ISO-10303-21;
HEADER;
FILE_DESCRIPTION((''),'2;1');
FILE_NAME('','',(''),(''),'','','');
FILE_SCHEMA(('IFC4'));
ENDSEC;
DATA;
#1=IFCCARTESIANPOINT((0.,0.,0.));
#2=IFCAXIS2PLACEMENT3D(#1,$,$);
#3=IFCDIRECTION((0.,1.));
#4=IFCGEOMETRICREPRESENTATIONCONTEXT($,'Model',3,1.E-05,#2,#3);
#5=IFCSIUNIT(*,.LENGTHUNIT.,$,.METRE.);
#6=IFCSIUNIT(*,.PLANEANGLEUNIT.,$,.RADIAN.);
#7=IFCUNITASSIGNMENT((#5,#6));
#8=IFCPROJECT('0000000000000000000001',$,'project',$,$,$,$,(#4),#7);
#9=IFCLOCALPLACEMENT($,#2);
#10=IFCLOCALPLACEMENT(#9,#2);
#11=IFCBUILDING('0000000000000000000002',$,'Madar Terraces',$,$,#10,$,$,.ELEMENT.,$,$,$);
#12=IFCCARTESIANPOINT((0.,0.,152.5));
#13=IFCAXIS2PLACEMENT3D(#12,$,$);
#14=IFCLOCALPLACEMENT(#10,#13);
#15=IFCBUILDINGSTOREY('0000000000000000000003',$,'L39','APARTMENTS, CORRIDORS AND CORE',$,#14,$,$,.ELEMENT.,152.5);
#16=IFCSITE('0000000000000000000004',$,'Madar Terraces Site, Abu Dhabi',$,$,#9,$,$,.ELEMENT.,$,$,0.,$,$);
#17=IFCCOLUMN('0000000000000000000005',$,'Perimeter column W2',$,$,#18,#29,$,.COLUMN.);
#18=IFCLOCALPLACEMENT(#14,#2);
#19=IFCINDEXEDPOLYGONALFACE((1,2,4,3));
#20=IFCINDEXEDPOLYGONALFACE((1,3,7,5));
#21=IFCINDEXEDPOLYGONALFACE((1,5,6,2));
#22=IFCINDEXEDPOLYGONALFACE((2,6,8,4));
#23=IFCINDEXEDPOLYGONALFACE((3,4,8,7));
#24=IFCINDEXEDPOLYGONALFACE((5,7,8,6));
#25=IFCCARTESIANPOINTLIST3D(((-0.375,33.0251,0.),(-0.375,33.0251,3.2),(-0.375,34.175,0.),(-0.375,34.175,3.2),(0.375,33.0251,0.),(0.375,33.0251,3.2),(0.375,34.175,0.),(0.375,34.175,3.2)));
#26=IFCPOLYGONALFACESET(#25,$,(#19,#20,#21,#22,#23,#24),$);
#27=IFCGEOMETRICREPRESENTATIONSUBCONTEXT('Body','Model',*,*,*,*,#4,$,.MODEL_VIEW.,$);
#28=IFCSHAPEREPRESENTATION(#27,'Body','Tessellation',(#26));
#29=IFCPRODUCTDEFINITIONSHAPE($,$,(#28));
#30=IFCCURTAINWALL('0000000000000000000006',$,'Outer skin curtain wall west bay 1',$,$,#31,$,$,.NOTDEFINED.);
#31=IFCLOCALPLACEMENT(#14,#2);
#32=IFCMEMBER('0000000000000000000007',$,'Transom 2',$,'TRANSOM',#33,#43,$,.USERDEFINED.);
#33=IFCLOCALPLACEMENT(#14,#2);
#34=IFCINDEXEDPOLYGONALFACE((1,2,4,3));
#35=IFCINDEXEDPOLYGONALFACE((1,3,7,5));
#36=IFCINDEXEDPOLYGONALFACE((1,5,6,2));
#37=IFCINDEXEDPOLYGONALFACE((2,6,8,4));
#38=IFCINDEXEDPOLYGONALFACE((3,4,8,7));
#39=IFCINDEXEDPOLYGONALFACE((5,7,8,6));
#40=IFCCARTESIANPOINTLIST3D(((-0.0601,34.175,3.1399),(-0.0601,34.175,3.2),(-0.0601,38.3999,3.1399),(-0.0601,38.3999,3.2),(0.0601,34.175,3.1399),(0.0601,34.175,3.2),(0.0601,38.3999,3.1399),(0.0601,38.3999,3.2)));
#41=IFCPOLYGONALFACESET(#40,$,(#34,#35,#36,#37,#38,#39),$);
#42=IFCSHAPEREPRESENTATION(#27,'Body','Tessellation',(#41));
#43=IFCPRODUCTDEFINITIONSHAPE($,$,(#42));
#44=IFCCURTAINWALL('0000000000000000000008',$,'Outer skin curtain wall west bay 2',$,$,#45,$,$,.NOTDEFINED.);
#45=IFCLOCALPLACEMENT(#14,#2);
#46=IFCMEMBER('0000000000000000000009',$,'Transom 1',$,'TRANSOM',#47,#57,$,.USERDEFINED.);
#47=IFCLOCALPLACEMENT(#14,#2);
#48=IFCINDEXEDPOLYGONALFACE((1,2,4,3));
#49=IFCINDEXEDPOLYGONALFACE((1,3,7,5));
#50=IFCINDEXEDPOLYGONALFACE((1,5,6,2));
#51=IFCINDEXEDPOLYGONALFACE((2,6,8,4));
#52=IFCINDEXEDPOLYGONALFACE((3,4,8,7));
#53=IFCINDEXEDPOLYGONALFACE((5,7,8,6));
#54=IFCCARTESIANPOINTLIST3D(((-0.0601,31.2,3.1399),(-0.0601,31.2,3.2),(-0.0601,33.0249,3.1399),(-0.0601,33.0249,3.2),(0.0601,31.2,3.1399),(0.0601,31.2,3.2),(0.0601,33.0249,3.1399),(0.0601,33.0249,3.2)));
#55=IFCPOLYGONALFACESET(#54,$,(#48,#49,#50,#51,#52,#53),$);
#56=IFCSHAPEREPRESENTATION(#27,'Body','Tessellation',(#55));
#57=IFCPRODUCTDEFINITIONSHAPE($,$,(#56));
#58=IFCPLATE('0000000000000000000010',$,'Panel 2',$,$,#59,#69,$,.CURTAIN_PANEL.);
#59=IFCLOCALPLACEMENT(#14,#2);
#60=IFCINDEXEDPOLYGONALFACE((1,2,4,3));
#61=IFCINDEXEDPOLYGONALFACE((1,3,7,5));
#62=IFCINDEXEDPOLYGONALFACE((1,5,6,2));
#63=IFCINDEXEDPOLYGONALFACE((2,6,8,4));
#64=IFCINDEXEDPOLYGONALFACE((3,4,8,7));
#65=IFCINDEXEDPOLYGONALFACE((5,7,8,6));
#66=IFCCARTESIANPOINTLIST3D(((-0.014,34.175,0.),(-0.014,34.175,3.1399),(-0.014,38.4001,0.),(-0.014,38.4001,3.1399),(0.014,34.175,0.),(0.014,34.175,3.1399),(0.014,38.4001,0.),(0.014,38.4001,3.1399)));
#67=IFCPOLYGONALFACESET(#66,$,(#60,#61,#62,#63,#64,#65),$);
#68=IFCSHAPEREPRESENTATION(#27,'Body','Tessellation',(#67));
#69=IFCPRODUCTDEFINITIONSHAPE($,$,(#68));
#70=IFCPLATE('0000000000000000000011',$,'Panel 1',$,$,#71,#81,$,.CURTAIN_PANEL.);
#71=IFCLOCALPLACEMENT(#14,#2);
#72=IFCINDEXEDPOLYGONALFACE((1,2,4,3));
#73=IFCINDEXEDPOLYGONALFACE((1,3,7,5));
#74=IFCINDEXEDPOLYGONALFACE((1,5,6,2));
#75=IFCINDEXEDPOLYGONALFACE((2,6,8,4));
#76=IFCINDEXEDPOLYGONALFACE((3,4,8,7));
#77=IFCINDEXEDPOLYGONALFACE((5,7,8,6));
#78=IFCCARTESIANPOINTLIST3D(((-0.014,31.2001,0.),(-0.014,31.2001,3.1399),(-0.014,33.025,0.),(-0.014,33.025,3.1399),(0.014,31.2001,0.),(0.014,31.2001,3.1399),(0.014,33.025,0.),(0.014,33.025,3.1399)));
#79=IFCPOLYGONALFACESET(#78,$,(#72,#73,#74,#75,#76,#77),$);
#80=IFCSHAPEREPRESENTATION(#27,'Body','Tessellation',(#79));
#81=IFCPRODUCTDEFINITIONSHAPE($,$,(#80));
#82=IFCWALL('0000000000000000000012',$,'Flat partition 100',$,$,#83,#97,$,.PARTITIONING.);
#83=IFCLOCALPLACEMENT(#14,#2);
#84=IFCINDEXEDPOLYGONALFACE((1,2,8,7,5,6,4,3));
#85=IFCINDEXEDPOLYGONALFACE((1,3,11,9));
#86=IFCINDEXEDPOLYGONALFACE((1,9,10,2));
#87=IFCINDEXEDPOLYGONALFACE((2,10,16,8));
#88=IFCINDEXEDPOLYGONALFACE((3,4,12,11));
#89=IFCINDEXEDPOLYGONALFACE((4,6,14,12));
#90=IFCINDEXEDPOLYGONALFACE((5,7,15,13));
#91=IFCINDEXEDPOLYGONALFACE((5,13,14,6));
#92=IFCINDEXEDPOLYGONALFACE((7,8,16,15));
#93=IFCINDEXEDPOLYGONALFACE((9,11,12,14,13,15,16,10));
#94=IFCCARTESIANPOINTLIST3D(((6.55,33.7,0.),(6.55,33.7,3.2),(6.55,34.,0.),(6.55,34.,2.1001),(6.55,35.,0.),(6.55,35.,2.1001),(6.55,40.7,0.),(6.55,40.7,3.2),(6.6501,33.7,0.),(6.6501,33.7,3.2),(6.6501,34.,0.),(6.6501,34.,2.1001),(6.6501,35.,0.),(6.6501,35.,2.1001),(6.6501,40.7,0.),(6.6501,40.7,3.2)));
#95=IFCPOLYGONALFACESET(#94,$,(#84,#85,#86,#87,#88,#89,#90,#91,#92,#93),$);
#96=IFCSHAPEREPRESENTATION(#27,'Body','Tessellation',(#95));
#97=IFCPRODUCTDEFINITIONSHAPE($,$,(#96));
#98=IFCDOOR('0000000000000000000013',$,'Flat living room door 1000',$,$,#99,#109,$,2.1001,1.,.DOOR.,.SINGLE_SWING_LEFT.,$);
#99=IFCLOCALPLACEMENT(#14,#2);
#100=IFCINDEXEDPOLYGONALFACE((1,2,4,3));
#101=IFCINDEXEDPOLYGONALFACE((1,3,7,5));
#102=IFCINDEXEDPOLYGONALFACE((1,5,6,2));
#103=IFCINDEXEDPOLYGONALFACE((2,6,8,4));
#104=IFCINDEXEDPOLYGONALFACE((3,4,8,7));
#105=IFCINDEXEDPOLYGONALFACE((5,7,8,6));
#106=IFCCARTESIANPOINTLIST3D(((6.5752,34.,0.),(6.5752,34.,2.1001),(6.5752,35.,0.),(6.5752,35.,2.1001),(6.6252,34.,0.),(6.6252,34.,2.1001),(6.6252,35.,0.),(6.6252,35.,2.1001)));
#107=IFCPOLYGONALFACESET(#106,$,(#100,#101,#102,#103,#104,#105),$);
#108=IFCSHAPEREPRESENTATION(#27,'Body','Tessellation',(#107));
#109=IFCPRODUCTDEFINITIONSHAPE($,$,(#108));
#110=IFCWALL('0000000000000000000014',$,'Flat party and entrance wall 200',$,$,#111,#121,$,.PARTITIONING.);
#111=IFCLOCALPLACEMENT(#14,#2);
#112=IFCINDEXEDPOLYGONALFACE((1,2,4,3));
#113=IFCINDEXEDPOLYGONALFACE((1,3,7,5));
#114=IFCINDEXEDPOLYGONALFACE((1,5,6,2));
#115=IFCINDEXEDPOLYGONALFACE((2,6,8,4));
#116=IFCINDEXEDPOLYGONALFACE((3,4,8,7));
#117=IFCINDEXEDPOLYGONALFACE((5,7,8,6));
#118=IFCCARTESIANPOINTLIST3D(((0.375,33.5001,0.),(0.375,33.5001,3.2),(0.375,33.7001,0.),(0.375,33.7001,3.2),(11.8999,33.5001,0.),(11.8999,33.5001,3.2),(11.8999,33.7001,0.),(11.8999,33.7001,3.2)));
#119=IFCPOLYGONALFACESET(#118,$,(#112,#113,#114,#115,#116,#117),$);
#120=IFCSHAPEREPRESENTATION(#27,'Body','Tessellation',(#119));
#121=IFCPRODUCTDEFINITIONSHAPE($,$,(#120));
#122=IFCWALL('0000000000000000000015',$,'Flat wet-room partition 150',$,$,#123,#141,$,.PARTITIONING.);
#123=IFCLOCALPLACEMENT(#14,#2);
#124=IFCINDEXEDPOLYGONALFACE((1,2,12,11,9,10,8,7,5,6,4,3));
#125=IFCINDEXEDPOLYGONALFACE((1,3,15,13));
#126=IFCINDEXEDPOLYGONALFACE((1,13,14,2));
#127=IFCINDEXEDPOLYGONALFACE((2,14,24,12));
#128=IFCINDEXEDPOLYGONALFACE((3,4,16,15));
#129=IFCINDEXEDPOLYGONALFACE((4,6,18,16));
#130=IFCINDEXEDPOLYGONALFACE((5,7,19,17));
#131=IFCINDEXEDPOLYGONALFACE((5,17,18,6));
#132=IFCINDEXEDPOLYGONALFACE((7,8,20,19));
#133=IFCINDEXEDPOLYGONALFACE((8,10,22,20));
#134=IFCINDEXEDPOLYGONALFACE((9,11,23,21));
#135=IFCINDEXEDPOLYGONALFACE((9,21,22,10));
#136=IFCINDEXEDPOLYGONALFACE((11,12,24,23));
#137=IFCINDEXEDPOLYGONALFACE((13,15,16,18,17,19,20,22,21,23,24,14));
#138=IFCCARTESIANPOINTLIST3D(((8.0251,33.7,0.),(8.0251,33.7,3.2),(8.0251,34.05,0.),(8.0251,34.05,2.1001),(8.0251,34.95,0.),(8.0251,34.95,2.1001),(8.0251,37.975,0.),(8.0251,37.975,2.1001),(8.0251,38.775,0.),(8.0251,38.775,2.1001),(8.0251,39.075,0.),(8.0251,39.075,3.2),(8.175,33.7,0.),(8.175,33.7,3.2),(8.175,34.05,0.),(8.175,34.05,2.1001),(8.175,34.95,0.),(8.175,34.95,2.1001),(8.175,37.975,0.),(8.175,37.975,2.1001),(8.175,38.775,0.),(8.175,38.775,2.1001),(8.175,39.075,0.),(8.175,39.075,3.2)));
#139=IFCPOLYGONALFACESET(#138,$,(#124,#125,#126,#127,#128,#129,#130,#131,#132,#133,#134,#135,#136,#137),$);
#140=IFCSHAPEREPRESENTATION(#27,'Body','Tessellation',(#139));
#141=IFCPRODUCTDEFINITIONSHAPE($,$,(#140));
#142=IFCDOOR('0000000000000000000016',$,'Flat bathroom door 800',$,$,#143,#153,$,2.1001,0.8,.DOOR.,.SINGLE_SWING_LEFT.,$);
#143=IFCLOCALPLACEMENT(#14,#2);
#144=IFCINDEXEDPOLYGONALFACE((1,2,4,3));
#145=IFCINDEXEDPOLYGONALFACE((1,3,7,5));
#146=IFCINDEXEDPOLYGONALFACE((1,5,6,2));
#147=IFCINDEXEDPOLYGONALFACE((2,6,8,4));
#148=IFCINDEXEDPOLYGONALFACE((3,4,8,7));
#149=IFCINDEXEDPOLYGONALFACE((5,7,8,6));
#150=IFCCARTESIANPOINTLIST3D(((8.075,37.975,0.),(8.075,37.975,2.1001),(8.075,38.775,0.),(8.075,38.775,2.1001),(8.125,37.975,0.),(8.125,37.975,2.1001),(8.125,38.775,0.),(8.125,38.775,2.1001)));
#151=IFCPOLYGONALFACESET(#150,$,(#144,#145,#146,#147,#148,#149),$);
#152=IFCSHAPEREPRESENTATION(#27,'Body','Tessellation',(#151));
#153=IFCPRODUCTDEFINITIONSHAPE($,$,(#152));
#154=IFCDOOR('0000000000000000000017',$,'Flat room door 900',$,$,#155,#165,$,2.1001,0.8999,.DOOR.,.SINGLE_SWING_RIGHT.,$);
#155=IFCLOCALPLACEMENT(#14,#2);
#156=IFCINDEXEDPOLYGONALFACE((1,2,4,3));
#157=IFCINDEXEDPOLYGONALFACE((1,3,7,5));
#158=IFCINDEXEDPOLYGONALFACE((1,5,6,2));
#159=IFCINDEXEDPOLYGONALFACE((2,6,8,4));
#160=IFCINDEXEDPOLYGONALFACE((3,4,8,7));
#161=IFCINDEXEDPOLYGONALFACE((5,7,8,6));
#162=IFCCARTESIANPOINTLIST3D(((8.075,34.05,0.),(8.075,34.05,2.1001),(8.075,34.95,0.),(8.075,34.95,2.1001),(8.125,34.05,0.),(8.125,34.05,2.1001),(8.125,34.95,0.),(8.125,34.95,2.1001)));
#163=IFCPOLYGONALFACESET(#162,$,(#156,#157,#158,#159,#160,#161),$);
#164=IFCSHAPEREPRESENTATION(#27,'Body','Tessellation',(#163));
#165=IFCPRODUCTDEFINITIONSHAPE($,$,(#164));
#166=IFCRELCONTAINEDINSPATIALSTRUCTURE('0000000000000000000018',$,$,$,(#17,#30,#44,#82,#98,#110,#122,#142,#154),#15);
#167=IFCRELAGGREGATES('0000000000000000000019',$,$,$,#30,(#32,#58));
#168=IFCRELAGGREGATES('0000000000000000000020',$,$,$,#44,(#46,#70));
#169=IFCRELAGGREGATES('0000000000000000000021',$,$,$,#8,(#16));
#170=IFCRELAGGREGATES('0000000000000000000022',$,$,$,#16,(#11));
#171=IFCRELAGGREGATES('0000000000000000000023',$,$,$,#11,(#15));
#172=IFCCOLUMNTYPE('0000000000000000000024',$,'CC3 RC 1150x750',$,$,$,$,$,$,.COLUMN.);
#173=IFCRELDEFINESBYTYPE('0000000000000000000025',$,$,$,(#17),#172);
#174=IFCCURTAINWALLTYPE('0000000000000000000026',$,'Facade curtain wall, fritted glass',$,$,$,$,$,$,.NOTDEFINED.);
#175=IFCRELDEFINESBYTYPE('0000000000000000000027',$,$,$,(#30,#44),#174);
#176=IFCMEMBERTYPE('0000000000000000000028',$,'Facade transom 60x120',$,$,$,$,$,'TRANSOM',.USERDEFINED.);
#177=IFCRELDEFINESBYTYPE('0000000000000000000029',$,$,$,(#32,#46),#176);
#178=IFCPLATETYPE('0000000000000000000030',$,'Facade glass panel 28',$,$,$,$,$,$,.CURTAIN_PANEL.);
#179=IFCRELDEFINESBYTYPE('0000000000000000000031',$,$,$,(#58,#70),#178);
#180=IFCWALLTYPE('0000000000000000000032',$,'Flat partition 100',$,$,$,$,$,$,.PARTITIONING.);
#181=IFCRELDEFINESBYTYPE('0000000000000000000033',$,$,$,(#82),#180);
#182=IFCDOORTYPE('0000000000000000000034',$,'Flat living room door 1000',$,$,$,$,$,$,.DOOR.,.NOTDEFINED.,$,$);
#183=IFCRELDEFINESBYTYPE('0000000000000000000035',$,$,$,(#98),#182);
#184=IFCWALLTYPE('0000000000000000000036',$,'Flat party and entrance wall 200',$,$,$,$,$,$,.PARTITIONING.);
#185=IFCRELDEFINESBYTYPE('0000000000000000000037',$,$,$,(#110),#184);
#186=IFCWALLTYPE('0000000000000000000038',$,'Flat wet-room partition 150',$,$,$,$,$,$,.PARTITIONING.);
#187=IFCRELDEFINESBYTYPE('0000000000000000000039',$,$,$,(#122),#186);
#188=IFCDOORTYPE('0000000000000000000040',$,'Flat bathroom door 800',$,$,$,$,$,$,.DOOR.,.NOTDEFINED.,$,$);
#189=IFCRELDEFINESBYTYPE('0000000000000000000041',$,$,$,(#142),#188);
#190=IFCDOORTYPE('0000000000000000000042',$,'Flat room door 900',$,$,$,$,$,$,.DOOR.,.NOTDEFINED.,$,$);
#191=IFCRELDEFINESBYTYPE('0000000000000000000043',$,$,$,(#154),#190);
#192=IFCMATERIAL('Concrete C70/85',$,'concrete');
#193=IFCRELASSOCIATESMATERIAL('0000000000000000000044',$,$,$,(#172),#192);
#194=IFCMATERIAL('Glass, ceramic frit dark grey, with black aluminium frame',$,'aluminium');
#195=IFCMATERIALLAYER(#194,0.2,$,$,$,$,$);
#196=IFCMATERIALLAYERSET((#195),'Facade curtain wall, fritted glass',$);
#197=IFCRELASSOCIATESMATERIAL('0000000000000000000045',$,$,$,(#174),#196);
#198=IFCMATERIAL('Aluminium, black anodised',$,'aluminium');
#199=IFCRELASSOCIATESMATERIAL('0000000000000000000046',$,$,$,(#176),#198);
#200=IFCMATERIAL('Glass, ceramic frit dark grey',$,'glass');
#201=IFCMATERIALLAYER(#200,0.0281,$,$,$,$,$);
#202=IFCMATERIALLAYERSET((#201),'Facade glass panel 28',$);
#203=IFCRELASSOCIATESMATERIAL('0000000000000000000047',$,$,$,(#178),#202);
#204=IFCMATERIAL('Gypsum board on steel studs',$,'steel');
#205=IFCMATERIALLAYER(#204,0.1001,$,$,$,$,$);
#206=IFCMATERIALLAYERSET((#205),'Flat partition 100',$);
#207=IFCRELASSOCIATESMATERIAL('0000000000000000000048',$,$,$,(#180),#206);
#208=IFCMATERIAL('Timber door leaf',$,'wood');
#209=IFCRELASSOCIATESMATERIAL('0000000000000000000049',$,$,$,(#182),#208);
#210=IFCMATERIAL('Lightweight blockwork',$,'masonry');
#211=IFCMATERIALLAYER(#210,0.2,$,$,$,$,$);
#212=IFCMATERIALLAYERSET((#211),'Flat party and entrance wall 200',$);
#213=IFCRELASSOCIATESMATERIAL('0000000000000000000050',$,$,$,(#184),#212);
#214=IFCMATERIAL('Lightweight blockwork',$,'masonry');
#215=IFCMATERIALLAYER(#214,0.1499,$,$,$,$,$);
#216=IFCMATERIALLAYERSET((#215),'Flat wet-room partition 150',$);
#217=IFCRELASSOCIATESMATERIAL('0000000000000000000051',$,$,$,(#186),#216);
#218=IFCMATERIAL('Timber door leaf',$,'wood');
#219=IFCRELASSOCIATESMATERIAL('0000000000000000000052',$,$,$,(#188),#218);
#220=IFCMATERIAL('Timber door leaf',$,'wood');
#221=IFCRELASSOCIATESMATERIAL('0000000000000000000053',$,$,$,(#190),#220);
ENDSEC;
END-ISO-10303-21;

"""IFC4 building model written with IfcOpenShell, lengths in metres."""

from ifc_helpers import new_model, si_unit, direction, frame, frame_2d, origin, origin_2d, place, context, subcontext, project, spatial, rectangle, extrude, material, layer, layer_set, material_profile, profile_set, type_object, element, fill, aggregate, save


model = new_model("IFC4")

# Units and contexts
model_context = context("Model", 3, precision=1e-05, world=origin(), true_north=direction((0.0, 1.0)))
body_context = subcontext(model_context, "Body", "Model", "MODEL_VIEW")
ifc_project = project(units=[si_unit("LENGTHUNIT", "METRE"), si_unit("PLANEANGLEUNIT", "RADIAN")], contexts=[model_context])

# Site, building, storey
site_placement = place(None, origin())
site = spatial("IfcSite", under=ifc_project, at=site_placement, Name="Madar Terraces Site, Abu Dhabi", CompositionType="ELEMENT", RefElevation=0.0)
building_placement = place(site_placement, origin())
building = spatial("IfcBuilding", under=site, at=building_placement, Name="Madar Terraces", CompositionType="ELEMENT")
storey_placement = place(building_placement, frame((0.0, 0.0, 152.5)))
storey = spatial("IfcBuildingStorey", under=building, at=storey_placement, Name="L39", Description="APARTMENTS, CORRIDORS AND CORE", CompositionType="ELEMENT", Elevation=152.5)

# Column
ifc_material_1 = material(Name="Concrete C70/85", Category="concrete")
ifc_material_profile_1 = material_profile(ifc_material_1, rectangle(XDim=1.1499, YDim=0.75, at=origin_2d()), Name="CC3 RC 1150x750")
ifc_profile_set_1 = profile_set([ifc_material_profile_1], Name="Concrete C70/85")
column_type = type_object("IfcColumnType", Name="CC3 RC 1150x750", PredefinedType="COLUMN", material=ifc_profile_set_1)
column_placement = place(storey_placement, frame((0.0, 33.6001, 0.0), z_axis=(0.0, 0.0, 1.0), x_axis=(0.0, 1.0, 0.0)))
element("IfcColumn", 1, at=column_placement, inside=storey, type_object=column_type, Name="Perimeter column W2", PredefinedType="COLUMN", context=body_context, shape_type="SweptSolid", body=[
    extrude(rectangle(XDim=1.1499, YDim=0.75, at=origin_2d()), origin(), (0.0, 0.0, 1.0), 3.2),
])

# Curtain walls, members
ifc_material_2 = material(Name="Glass, ceramic frit dark grey, with black aluminium frame", Category="aluminium")
ifc_layer_1 = layer(ifc_material_2, 0.2)
ifc_layer_set_1 = layer_set([ifc_layer_1], Name="Facade curtain wall, fritted glass")
curtain_wall_type = type_object("IfcCurtainWallType", Name="Facade curtain wall, fritted glass", PredefinedType="NOTDEFINED", material=ifc_layer_set_1)
curtain_wall_1_placement = place(storey_placement, origin())
curtain_wall_1 = element("IfcCurtainWall", 2, at=curtain_wall_1_placement, inside=storey, type_object=curtain_wall_type, Name="Outer skin curtain wall west bay 1", PredefinedType="NOTDEFINED")
ifc_material_3 = material(Name="Aluminium, black anodised", Category="aluminium")
ifc_material_profile_2 = material_profile(ifc_material_3, rectangle(XDim=0.1201, YDim=0.0601, at=origin_2d()), Name="Facade transom 60x120")
ifc_profile_set_2 = profile_set([ifc_material_profile_2], Name="Aluminium, black anodised")
member_type = type_object("IfcMemberType", Name="Facade transom 60x120", ElementType="TRANSOM", PredefinedType="USERDEFINED", material=ifc_profile_set_2)
member_1_placement = place(storey_placement, frame((0.0, 38.3999, 3.1699), z_axis=(0.0, -1.0, 0.0), x_axis=(1.0, 0.0, 0.0)))
member_1 = element("IfcMember", 3, at=member_1_placement, type_object=member_type, Name="Transom 2", ObjectType="TRANSOM", PredefinedType="USERDEFINED", context=body_context, shape_type="SweptSolid", body=[
    extrude(rectangle(XDim=0.1201, YDim=0.0601, at=origin_2d()), origin(), (0.0, 0.0, 1.0), 4.2249),
])
curtain_wall_2_placement = place(storey_placement, origin())
curtain_wall_2 = element("IfcCurtainWall", 4, at=curtain_wall_2_placement, inside=storey, type_object=curtain_wall_type, Name="Outer skin curtain wall west bay 2", PredefinedType="NOTDEFINED")
member_2_placement = place(storey_placement, frame((0.0, 33.0249, 3.1699), z_axis=(0.0, -1.0, 0.0), x_axis=(1.0, 0.0, 0.0)))
member_2 = element("IfcMember", 5, at=member_2_placement, type_object=member_type, Name="Transom 1", ObjectType="TRANSOM", PredefinedType="USERDEFINED", context=body_context, shape_type="SweptSolid", body=[
    extrude(rectangle(XDim=0.1201, YDim=0.0601, at=origin_2d()), origin(), (0.0, 0.0, 1.0), 1.825),
])

# Plates
ifc_material_4 = material(Name="Glass, ceramic frit dark grey", Category="glass")
ifc_layer_2 = layer(ifc_material_4, 0.0281)
ifc_layer_set_2 = layer_set([ifc_layer_2], Name="Facade glass panel 28")
plate_type = type_object("IfcPlateType", Name="Facade glass panel 28", PredefinedType="CURTAIN_PANEL", material=ifc_layer_set_2)
plate_1_placement = place(storey_placement, frame((0.0, 36.2876, 0.0), z_axis=(0.0, 0.0, 1.0), x_axis=(0.0, -1.0, 0.0)))
plate_1 = element("IfcPlate", 6, at=plate_1_placement, type_object=plate_type, Name="Panel 2", PredefinedType="CURTAIN_PANEL", context=body_context, shape_type="SweptSolid", body=[
    extrude(rectangle(XDim=4.2251, YDim=0.0281, at=origin_2d()), origin(), (0.0, 0.0, 1.0), 3.1399),
])
aggregate(curtain_wall_1, [member_1, plate_1])
plate_2_placement = place(storey_placement, frame((0.0, 32.1125, 0.0), z_axis=(0.0, 0.0, 1.0), x_axis=(0.0, -1.0, 0.0)))
plate_2 = element("IfcPlate", 7, at=plate_2_placement, type_object=plate_type, Name="Panel 1", PredefinedType="CURTAIN_PANEL", context=body_context, shape_type="SweptSolid", body=[
    extrude(rectangle(XDim=1.825, YDim=0.0281, at=origin_2d()), origin(), (0.0, 0.0, 1.0), 3.1399),
])
aggregate(curtain_wall_2, [member_2, plate_2])

# Wall, opening, door
ifc_material_5 = material(Name="Gypsum board on steel studs", Category="steel")
ifc_layer_3 = layer(ifc_material_5, 0.1001)
ifc_layer_set_3 = layer_set([ifc_layer_3], Name="Flat partition 100")
wall_type_1 = type_object("IfcWallType", Name="Flat partition 100", PredefinedType="PARTITIONING", material=ifc_layer_set_3)
wall_1_placement = place(storey_placement, frame((6.6001, 33.7, 0.0), z_axis=(0.0, 0.0, 1.0), x_axis=(0.0, 1.0, 0.0)))
wall_1 = element("IfcWall", 8, at=wall_1_placement, inside=storey, type_object=wall_type_1, Name="Flat partition 100", PredefinedType="PARTITIONING", context=body_context, shape_type="SweptSolid", body=[
    extrude(rectangle(XDim=7.0, YDim=0.1001, at=frame_2d((3.5, 0.0))), origin(), (0.0, 0.0, 1.0), 3.2),
])
opening_1_placement = place(wall_1_placement, frame((0.3, 0.0, 0.0)))
opening_1 = element("IfcOpeningElement", 9, at=opening_1_placement, cuts=wall_1, PredefinedType="OPENING", context=body_context, shape_type="SweptSolid", body=[
    extrude(rectangle(XDim=1.0, YDim=2.1001, at=frame_2d((0.5, 1.05))), frame((0.0, 0.0601, 0.0), z_axis=(0.0, -1.0, 0.0), x_axis=(1.0, 0.0, 0.0)), (0.0, 0.0, 1.0), 0.1201),
])
ifc_material_6 = material(Name="Timber door leaf", Category="wood")
door_type_1 = type_object("IfcDoorType", Name="Flat living room door 1000", OperationType="NOTDEFINED", PredefinedType="DOOR", material=ifc_material_6)
door_1_placement = place(opening_1_placement, origin())
door_1 = element("IfcDoor", 10, at=door_1_placement, inside=storey, type_object=door_type_1, Name="Flat living room door 1000", OperationType="SINGLE_SWING_LEFT", OverallHeight=2.1001, OverallWidth=1.0, PredefinedType="DOOR", context=body_context, shape_type="SweptSolid", body=[
    extrude(rectangle(XDim=1.0, YDim=2.1001, at=frame_2d((0.5, 1.05))), frame((0.0, 0.0249, 0.0), z_axis=(0.0, -1.0, 0.0), x_axis=(1.0, 0.0, 0.0)), (0.0, 0.0, 1.0), 0.05),
])
fill(opening_1, door_1)

# Wall
ifc_material_7 = material(Name="Lightweight blockwork", Category="masonry")
ifc_layer_4 = layer(ifc_material_7, 0.2)
ifc_layer_set_4 = layer_set([ifc_layer_4], Name="Flat party and entrance wall 200")
wall_type_2 = type_object("IfcWallType", Name="Flat party and entrance wall 200", PredefinedType="PARTITIONING", material=ifc_layer_set_4)
wall_2_placement = place(storey_placement, frame((0.375, 33.6001, 0.0), z_axis=(0.0, 0.0, 1.0), x_axis=(1.0, 0.0, 0.0)))
element("IfcWall", 11, at=wall_2_placement, inside=storey, type_object=wall_type_2, Name="Flat party and entrance wall 200", PredefinedType="PARTITIONING", context=body_context, shape_type="SweptSolid", body=[
    extrude(rectangle(XDim=11.5249, YDim=0.2, at=frame_2d((5.7625, 0.0))), origin(), (0.0, 0.0, 1.0), 3.2),
])

# Wall, openings, doors
ifc_material_8 = material(Name="Lightweight blockwork", Category="masonry")
ifc_layer_5 = layer(ifc_material_8, 0.1499)
ifc_layer_set_5 = layer_set([ifc_layer_5], Name="Flat wet-room partition 150")
wall_type_3 = type_object("IfcWallType", Name="Flat wet-room partition 150", PredefinedType="PARTITIONING", material=ifc_layer_set_5)
wall_3_placement = place(storey_placement, frame((8.1001, 39.075, 0.0), z_axis=(0.0, 0.0, 1.0), x_axis=(0.0, -1.0, 0.0)))
wall_3 = element("IfcWall", 12, at=wall_3_placement, inside=storey, type_object=wall_type_3, Name="Flat wet-room partition 150", PredefinedType="PARTITIONING", context=body_context, shape_type="SweptSolid", body=[
    extrude(rectangle(XDim=5.375, YDim=0.1499, at=frame_2d((2.6875, 0.0))), origin(), (0.0, 0.0, 1.0), 3.2),
])
opening_2_placement = place(wall_3_placement, frame((0.3, 0.0, 0.0)))
opening_2 = element("IfcOpeningElement", 13, at=opening_2_placement, cuts=wall_3, PredefinedType="OPENING", context=body_context, shape_type="SweptSolid", body=[
    extrude(rectangle(XDim=0.8, YDim=2.1001, at=frame_2d((0.3999, 1.05))), frame((0.0, 0.085, 0.0), z_axis=(0.0, -1.0, 0.0), x_axis=(1.0, 0.0, 0.0)), (0.0, 0.0, 1.0), 0.1699),
])
opening_3_placement = place(wall_3_placement, frame((4.125, 0.0, 0.0)))
opening_3 = element("IfcOpeningElement", 14, at=opening_3_placement, cuts=wall_3, PredefinedType="OPENING", context=body_context, shape_type="SweptSolid", body=[
    extrude(rectangle(XDim=0.8999, YDim=2.1001, at=frame_2d((0.45, 1.05))), frame((0.0, 0.085, 0.0), z_axis=(0.0, -1.0, 0.0), x_axis=(1.0, 0.0, 0.0)), (0.0, 0.0, 1.0), 0.1699),
])
ifc_material_9 = material(Name="Timber door leaf", Category="wood")
door_type_2 = type_object("IfcDoorType", Name="Flat bathroom door 800", OperationType="NOTDEFINED", PredefinedType="DOOR", material=ifc_material_9)
door_2_placement = place(opening_2_placement, origin())
door_2 = element("IfcDoor", 15, at=door_2_placement, inside=storey, type_object=door_type_2, Name="Flat bathroom door 800", OperationType="SINGLE_SWING_LEFT", OverallHeight=2.1001, OverallWidth=0.8, PredefinedType="DOOR", context=body_context, shape_type="SweptSolid", body=[
    extrude(rectangle(XDim=0.8, YDim=2.1001, at=frame_2d((0.3999, 1.05))), frame((0.0, 0.0249, 0.0), z_axis=(0.0, -1.0, 0.0), x_axis=(1.0, 0.0, 0.0)), (0.0, 0.0, 1.0), 0.05),
])
fill(opening_2, door_2)
ifc_material_10 = material(Name="Timber door leaf", Category="wood")
door_type_3 = type_object("IfcDoorType", Name="Flat room door 900", OperationType="NOTDEFINED", PredefinedType="DOOR", material=ifc_material_10)
door_3_placement = place(opening_3_placement, origin())
door_3 = element("IfcDoor", 16, at=door_3_placement, inside=storey, type_object=door_type_3, Name="Flat room door 900", OperationType="SINGLE_SWING_RIGHT", OverallHeight=2.1001, OverallWidth=0.8999, PredefinedType="DOOR", context=body_context, shape_type="SweptSolid", body=[
    extrude(rectangle(XDim=0.8999, YDim=2.1001, at=frame_2d((0.45, 1.05))), frame((0.0, 0.0249, 0.0), z_axis=(0.0, -1.0, 0.0), x_axis=(1.0, 0.0, 0.0)), (0.0, 0.0, 1.0), 0.05),
])
fill(opening_3, door_3)

save(model, "model.ifc")
